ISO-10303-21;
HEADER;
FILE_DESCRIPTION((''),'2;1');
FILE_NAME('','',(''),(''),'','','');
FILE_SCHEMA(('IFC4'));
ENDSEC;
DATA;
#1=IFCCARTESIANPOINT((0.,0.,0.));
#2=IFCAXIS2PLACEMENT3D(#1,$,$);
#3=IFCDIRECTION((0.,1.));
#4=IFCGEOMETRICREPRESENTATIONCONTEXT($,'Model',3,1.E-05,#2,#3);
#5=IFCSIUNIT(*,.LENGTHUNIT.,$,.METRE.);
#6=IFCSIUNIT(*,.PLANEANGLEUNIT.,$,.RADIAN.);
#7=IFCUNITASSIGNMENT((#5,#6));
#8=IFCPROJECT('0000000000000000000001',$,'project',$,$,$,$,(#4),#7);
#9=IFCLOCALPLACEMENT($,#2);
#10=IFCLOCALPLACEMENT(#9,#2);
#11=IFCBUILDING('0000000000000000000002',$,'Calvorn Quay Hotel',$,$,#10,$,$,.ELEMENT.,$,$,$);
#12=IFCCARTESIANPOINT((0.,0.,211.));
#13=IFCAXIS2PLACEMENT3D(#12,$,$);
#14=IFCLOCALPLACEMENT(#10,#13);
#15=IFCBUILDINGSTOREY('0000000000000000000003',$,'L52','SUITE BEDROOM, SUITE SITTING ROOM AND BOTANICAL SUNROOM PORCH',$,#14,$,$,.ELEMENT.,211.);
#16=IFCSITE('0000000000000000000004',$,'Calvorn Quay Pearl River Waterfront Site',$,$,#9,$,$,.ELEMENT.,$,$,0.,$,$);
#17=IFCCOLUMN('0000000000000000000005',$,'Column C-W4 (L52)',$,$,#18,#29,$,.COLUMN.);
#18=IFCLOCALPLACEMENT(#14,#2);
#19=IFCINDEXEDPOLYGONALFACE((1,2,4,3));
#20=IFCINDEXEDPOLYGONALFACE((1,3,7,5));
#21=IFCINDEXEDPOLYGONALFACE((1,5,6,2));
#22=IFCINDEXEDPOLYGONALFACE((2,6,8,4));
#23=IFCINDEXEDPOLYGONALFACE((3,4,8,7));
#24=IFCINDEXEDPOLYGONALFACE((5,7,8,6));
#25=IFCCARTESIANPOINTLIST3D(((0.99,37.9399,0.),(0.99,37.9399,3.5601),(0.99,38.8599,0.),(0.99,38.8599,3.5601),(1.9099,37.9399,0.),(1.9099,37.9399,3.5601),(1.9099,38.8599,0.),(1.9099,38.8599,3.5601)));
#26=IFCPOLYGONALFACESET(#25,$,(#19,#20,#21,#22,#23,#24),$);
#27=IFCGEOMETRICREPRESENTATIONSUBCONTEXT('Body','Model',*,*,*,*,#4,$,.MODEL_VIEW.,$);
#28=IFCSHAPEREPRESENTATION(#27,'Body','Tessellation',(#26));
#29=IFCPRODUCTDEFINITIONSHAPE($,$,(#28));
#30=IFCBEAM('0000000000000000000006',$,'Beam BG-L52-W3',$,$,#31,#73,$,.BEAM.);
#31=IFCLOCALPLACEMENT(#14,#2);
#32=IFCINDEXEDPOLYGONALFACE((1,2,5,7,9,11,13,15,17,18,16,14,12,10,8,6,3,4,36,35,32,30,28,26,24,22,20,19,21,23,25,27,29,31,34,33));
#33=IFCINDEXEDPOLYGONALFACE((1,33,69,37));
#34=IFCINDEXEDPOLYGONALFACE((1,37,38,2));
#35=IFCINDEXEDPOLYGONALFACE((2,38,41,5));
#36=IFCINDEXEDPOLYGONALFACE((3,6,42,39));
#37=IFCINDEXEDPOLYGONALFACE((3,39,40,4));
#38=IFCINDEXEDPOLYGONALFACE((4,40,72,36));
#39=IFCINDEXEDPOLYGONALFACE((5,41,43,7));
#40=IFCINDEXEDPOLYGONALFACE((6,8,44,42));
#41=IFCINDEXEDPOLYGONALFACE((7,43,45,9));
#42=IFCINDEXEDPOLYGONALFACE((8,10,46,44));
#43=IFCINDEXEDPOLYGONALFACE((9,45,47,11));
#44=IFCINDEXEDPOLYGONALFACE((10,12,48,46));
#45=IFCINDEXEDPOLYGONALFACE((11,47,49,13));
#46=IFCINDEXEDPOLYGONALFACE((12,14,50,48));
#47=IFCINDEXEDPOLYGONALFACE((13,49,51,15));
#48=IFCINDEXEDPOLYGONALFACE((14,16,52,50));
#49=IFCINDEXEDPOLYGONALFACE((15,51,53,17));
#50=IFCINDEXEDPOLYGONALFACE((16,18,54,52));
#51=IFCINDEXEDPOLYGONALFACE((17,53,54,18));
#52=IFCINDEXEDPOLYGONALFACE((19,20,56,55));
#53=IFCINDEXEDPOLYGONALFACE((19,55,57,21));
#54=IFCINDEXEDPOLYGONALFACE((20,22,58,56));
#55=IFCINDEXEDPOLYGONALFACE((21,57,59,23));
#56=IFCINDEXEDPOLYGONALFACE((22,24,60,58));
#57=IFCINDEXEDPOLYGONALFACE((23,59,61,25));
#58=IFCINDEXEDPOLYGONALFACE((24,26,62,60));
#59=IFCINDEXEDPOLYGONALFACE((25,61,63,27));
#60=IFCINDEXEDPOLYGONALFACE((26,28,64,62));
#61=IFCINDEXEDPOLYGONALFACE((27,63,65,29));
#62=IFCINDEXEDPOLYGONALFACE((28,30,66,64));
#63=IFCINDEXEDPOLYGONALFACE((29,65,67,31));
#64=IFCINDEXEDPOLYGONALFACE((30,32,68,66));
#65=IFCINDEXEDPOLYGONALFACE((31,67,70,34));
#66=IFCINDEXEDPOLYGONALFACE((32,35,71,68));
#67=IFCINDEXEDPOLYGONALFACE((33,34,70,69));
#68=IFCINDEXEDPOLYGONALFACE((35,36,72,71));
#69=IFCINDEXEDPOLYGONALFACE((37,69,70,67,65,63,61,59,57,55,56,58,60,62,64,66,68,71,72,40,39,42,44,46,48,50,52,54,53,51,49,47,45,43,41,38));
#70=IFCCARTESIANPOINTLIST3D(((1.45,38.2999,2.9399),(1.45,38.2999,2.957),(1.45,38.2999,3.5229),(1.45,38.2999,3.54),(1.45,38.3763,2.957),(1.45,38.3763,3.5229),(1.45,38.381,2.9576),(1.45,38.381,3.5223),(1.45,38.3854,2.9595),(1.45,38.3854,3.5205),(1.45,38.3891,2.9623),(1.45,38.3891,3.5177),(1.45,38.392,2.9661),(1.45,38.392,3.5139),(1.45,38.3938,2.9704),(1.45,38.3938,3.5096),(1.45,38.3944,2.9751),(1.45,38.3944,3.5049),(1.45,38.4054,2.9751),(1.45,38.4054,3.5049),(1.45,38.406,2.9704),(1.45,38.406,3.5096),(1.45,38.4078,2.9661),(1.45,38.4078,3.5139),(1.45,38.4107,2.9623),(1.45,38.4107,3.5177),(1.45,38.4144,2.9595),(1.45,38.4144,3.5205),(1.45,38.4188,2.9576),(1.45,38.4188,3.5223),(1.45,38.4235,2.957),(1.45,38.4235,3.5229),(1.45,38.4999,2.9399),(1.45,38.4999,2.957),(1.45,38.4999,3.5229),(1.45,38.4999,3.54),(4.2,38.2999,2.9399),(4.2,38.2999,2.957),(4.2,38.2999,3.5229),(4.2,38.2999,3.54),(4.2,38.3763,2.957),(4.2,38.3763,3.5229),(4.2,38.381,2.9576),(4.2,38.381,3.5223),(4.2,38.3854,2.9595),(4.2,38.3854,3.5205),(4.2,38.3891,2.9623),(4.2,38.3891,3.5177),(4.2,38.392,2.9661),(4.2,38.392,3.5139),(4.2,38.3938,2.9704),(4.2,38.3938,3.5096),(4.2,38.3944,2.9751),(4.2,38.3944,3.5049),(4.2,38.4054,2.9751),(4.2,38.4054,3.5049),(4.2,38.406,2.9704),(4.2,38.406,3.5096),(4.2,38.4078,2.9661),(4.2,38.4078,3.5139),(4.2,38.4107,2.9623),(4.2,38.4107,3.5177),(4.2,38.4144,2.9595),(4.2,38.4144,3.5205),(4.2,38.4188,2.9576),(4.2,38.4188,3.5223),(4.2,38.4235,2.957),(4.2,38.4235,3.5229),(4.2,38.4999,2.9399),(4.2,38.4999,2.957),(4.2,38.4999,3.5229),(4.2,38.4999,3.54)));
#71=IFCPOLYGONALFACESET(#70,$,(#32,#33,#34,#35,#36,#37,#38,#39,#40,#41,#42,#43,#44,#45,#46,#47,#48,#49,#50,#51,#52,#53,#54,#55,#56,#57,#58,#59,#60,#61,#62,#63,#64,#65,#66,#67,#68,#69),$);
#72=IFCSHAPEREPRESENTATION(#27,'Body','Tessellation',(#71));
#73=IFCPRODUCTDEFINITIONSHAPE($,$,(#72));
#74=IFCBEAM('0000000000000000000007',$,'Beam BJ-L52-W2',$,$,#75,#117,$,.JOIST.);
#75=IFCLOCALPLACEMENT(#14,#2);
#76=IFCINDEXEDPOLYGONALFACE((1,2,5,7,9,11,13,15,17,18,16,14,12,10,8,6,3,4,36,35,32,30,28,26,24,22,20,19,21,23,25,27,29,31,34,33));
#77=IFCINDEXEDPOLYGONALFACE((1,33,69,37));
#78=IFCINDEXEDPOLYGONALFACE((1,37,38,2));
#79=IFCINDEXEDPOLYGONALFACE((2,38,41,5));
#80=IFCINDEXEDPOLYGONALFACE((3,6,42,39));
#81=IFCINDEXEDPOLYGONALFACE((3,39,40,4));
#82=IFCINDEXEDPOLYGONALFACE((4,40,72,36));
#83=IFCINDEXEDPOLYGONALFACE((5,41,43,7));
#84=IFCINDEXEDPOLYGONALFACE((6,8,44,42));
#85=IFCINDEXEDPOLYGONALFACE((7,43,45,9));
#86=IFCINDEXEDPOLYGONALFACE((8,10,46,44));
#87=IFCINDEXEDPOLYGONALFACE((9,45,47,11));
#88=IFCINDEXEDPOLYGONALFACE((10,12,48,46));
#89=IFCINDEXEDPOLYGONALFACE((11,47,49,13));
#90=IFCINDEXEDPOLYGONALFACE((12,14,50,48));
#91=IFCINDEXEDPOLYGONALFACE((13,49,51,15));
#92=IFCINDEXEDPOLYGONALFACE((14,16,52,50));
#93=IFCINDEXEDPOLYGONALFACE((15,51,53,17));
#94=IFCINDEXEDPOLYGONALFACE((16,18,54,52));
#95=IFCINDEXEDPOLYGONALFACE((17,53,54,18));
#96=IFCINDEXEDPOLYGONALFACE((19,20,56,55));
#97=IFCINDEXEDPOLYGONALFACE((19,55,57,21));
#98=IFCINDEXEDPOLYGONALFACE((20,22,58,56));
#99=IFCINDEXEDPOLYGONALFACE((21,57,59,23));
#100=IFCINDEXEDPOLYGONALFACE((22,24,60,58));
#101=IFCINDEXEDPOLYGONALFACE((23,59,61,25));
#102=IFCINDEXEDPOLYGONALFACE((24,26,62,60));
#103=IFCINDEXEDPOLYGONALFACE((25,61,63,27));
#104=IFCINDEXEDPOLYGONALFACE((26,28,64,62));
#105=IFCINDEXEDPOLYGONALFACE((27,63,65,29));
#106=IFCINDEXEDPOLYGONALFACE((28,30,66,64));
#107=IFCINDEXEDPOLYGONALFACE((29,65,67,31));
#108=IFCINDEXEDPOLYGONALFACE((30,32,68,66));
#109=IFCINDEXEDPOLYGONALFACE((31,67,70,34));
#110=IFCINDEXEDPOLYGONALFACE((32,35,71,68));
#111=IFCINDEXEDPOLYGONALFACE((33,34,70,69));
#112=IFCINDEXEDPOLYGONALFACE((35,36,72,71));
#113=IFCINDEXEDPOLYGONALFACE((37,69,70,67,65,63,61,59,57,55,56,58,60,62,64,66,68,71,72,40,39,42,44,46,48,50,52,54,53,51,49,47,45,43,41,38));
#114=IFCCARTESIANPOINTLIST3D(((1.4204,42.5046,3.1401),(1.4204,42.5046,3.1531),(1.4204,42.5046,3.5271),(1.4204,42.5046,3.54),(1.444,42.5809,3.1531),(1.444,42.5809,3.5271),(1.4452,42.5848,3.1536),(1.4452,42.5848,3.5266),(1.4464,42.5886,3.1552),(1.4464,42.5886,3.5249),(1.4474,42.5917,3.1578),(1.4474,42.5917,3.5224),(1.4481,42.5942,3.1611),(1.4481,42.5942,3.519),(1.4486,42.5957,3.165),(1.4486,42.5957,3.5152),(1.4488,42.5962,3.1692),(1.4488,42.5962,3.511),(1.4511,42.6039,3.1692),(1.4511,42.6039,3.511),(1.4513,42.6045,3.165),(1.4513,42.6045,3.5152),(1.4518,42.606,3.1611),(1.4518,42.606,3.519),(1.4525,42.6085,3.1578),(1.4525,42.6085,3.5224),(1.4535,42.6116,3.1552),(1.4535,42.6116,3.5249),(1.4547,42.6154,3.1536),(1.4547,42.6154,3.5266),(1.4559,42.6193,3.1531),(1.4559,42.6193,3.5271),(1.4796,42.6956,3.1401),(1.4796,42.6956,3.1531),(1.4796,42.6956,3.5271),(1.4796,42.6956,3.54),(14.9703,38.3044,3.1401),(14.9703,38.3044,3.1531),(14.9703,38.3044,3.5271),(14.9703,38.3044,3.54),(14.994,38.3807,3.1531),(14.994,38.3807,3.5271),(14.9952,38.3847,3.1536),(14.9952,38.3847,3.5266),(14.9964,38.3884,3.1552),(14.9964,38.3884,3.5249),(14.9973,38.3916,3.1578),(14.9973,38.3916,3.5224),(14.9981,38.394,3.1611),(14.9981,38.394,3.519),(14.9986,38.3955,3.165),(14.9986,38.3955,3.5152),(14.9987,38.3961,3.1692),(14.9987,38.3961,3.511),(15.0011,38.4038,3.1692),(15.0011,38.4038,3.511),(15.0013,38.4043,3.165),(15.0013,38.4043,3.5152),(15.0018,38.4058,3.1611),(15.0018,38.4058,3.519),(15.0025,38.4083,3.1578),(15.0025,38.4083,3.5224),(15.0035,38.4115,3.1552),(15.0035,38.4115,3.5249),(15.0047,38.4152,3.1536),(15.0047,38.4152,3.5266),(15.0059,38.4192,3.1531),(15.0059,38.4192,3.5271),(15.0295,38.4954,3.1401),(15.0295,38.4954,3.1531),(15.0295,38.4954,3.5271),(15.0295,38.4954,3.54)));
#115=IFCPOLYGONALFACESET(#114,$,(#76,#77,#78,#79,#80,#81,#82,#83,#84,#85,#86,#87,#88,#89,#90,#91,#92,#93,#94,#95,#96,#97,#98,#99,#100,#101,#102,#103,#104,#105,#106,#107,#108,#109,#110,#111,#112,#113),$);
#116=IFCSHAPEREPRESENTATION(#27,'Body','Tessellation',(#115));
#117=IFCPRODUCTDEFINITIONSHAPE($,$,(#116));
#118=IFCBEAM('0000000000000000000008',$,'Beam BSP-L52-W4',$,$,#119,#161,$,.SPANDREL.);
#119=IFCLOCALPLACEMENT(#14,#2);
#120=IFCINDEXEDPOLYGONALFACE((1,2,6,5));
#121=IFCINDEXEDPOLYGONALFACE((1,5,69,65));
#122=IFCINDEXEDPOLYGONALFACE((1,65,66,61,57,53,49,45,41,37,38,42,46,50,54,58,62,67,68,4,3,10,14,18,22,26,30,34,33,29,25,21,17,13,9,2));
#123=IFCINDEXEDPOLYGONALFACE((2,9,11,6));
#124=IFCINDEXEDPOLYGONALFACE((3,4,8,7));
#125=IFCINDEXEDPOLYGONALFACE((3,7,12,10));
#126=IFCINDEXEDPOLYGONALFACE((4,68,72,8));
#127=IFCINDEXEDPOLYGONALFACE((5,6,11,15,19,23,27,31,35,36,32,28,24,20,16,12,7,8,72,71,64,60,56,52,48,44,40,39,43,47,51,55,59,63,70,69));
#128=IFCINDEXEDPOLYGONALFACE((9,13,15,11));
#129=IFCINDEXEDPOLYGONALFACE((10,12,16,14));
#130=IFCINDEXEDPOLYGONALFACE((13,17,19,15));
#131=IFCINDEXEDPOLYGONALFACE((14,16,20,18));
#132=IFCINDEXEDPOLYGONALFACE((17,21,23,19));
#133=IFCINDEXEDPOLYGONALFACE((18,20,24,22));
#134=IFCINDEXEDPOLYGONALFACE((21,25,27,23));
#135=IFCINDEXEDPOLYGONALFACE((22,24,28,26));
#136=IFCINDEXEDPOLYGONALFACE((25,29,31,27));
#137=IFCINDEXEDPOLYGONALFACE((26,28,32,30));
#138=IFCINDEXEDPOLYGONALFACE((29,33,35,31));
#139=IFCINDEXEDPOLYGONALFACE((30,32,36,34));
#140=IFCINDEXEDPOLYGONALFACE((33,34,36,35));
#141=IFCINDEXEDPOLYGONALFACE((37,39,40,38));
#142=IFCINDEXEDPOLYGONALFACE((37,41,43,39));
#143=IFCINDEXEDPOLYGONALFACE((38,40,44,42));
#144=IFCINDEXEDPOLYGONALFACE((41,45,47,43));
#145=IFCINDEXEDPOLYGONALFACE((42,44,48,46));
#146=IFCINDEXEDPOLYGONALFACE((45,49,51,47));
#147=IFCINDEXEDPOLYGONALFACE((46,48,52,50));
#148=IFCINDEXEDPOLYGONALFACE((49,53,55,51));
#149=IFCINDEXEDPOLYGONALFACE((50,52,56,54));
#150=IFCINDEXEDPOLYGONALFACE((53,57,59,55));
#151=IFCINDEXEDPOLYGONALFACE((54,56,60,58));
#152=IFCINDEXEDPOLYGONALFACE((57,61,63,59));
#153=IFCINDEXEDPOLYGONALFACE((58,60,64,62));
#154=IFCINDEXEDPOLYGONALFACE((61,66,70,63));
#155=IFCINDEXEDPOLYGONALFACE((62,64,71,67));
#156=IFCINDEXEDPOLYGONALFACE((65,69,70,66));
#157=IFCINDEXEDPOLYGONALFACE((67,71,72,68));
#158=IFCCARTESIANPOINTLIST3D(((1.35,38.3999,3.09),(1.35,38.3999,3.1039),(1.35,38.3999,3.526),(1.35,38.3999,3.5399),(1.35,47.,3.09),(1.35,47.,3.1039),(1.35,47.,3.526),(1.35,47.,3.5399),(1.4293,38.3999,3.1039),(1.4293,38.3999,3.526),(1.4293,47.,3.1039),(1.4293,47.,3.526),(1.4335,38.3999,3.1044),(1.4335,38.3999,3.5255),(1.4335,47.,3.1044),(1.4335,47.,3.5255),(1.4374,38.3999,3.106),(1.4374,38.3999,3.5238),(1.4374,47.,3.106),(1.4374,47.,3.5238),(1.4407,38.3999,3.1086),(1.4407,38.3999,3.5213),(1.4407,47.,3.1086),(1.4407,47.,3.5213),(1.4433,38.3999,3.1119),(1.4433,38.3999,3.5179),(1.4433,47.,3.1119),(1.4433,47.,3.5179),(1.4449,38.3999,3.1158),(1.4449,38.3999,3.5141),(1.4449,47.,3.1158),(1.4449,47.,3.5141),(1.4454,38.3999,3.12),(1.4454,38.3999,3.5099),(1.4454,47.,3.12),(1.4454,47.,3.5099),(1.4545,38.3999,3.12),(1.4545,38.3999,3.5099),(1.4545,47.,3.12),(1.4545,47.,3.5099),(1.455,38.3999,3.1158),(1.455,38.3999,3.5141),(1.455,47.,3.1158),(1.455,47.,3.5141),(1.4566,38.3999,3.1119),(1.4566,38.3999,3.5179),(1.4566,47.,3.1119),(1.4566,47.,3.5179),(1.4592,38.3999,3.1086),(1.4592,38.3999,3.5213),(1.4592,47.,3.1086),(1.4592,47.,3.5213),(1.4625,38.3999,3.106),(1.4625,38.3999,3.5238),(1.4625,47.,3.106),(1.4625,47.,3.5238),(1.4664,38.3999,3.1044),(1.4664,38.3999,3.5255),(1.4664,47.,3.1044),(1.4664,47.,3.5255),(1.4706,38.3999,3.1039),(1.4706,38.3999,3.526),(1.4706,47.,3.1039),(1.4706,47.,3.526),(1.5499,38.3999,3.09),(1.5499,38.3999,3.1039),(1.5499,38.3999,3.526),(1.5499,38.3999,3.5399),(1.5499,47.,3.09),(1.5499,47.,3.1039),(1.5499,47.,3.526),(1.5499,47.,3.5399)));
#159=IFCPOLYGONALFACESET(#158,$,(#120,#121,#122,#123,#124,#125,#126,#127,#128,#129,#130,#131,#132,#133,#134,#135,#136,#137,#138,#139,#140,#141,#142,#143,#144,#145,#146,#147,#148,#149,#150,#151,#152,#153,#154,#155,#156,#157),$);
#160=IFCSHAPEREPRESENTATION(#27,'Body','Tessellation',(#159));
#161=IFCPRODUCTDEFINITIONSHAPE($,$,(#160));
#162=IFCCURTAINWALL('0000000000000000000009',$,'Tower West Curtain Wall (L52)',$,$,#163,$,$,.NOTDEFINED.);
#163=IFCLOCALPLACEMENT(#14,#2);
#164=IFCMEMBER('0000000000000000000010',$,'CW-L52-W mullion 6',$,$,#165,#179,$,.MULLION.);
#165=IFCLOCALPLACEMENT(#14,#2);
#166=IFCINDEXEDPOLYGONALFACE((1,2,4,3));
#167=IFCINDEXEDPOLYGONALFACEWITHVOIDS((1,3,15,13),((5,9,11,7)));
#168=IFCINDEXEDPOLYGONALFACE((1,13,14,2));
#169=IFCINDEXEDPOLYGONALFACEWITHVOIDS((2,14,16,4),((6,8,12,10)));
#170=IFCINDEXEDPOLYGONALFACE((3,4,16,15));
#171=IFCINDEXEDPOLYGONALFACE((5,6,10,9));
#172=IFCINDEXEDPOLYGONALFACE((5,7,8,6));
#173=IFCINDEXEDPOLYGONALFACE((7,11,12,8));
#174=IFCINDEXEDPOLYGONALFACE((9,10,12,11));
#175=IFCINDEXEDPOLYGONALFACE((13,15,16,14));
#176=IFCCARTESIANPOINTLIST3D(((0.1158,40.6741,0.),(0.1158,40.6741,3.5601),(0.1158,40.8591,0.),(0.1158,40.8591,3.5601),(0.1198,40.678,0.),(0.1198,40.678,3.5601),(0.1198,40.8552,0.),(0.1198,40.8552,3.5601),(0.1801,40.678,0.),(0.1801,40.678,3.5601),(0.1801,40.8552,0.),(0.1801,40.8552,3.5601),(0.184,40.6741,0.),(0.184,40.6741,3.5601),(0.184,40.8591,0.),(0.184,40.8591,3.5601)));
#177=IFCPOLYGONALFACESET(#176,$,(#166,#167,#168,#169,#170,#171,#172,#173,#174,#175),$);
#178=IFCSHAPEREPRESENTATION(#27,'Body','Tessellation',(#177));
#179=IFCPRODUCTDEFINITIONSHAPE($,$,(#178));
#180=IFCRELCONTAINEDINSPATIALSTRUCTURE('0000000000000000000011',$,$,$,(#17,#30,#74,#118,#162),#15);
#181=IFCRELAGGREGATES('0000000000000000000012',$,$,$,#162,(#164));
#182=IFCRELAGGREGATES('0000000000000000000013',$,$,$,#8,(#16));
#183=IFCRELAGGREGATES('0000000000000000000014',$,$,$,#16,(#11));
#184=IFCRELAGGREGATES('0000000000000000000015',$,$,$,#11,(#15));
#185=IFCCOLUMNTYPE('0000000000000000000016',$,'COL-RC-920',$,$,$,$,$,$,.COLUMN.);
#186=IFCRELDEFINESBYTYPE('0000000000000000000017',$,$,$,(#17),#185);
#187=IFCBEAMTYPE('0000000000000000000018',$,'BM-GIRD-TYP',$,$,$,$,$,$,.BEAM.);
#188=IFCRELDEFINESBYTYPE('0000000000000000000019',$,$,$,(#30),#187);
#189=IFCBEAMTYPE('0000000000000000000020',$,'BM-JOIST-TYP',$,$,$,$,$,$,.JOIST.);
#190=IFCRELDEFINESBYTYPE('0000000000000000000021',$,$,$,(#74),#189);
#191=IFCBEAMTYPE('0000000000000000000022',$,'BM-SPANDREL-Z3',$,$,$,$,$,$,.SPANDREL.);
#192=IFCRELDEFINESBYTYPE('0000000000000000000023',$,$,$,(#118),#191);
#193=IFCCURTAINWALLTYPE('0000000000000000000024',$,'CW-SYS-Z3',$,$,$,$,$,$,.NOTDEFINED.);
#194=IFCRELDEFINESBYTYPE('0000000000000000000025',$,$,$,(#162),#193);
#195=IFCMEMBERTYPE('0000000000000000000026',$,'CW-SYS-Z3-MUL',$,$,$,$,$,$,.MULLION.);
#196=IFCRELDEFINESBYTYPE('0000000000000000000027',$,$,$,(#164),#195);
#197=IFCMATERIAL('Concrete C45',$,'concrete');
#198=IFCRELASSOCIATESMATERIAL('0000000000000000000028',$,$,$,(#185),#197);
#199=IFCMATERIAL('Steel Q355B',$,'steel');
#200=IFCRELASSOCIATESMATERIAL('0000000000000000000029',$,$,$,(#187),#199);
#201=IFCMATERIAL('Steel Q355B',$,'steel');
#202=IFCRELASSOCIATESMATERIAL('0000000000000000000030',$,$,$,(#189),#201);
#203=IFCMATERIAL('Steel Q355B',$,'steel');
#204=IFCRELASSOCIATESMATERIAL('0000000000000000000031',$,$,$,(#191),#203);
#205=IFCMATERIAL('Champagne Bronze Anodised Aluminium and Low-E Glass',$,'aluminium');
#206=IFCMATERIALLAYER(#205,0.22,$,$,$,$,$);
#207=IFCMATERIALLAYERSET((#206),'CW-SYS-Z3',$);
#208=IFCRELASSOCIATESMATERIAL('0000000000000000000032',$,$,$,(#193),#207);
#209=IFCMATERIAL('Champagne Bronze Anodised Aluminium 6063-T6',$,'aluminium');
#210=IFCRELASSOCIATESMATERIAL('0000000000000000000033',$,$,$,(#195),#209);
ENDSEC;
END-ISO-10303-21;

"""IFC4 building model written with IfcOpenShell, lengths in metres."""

from ifc_helpers import new_model, si_unit, direction, frame, origin, origin_2d, place, context, subcontext, project, spatial, rectangle, hollow_rectangle, i_section, extrude, material, layer, layer_set, material_profile, profile_set, type_object, element, aggregate, save


model = new_model("IFC4")

# Units and contexts
model_context = context("Model", 3, precision=1e-05, world=origin(), true_north=direction((0.0, 1.0)))
body_context = subcontext(model_context, "Body", "Model", "MODEL_VIEW")
ifc_project = project(units=[si_unit("LENGTHUNIT", "METRE"), si_unit("PLANEANGLEUNIT", "RADIAN")], contexts=[model_context])

# Site, building, storey
site_placement = place(None, origin())
site = spatial("IfcSite", under=ifc_project, at=site_placement, Name="Calvorn Quay Pearl River Waterfront Site", CompositionType="ELEMENT", RefElevation=0.0)
building_placement = place(site_placement, origin())
building = spatial("IfcBuilding", under=site, at=building_placement, Name="Calvorn Quay Hotel", CompositionType="ELEMENT")
storey_placement = place(building_placement, frame((0.0, 0.0, 211.0)))
storey = spatial("IfcBuildingStorey", under=building, at=storey_placement, Name="L52", Description="SUITE BEDROOM, SUITE SITTING ROOM AND BOTANICAL SUNROOM PORCH", CompositionType="ELEMENT", Elevation=211.0)

# Column
ifc_material_1 = material(Name="Concrete C45", Category="concrete")
ifc_material_profile_1 = material_profile(ifc_material_1, rectangle(XDim=0.9199, YDim=0.9199, at=origin_2d()), Name="RC920x920")
ifc_profile_set_1 = profile_set([ifc_material_profile_1], Name="Concrete C45")
column_type = type_object("IfcColumnType", Name="COL-RC-920", PredefinedType="COLUMN", material=ifc_profile_set_1)
column_placement = place(storey_placement, frame((1.45, 38.3999, 0.0), z_axis=(0.0, 0.0, 1.0), x_axis=(1.0, 0.0, 0.0)))
element("IfcColumn", 1, at=column_placement, inside=storey, type_object=column_type, Name="Column C-W4 (L52)", PredefinedType="COLUMN", context=body_context, shape_type="SweptSolid", body=[
    extrude(rectangle(XDim=0.9199, YDim=0.9199, at=origin_2d()), origin(), (0.0, 0.0, 1.0), 3.5601),
])

# Beams
ifc_material_2 = material(Name="Steel Q355B", Category="steel")
ifc_material_profile_2 = material_profile(ifc_material_2, i_section(OverallWidth=0.2, OverallDepth=0.6001, WebThickness=0.011, FlangeThickness=0.0171, FilletRadius=0.0181, at=origin_2d()), Name="HN600x200x11x17")
ifc_profile_set_2 = profile_set([ifc_material_profile_2], Name="Steel Q355B")
beam_type_1 = type_object("IfcBeamType", Name="BM-GIRD-TYP", PredefinedType="BEAM", material=ifc_profile_set_2)
beam_1_placement = place(storey_placement, frame((1.45, 38.3999, 3.24), z_axis=(1.0, 0.0, 0.0), x_axis=(0.0, 1.0, 0.0)))
element("IfcBeam", 2, at=beam_1_placement, inside=storey, type_object=beam_type_1, Name="Beam BG-L52-W3", PredefinedType="BEAM", context=body_context, shape_type="SweptSolid", body=[
    extrude(i_section(OverallWidth=0.2, OverallDepth=0.6001, WebThickness=0.011, FlangeThickness=0.0171, FilletRadius=0.0181, at=origin_2d()), origin(), (0.0, 0.0, 1.0), 2.75),
])
ifc_material_3 = material(Name="Steel Q355B", Category="steel")
ifc_material_profile_3 = material_profile(ifc_material_3, i_section(OverallWidth=0.2, OverallDepth=0.3999, WebThickness=0.0081, FlangeThickness=0.0129, FilletRadius=0.0161, at=origin_2d()), Name="HN400x200x8x13")
ifc_profile_set_3 = profile_set([ifc_material_profile_3], Name="Steel Q355B")
beam_type_2 = type_object("IfcBeamType", Name="BM-JOIST-TYP", PredefinedType="JOIST", material=ifc_profile_set_3)
beam_2_placement = place(storey_placement, frame((1.45, 42.6001, 3.3401), z_axis=(0.955164, -0.296078, 0.0), x_axis=(0.296078, 0.955164, 0.0)))
element("IfcBeam", 3, at=beam_2_placement, inside=storey, type_object=beam_type_2, Name="Beam BJ-L52-W2", PredefinedType="JOIST", context=body_context, shape_type="SweptSolid", body=[
    extrude(i_section(OverallWidth=0.2, OverallDepth=0.3999, WebThickness=0.0081, FlangeThickness=0.0129, FilletRadius=0.0161, at=origin_2d()), origin(), (0.0, 0.0, 1.0), 14.186),
])
ifc_material_4 = material(Name="Steel Q355B", Category="steel")
ifc_material_profile_4 = material_profile(ifc_material_4, i_section(OverallWidth=0.2, OverallDepth=0.45, WebThickness=0.009, FlangeThickness=0.0139, FilletRadius=0.0161, at=origin_2d()), Name="HN450x200x9x14")
ifc_profile_set_4 = profile_set([ifc_material_profile_4], Name="Steel Q355B")
beam_type_3 = type_object("IfcBeamType", Name="BM-SPANDREL-Z3", PredefinedType="SPANDREL", material=ifc_profile_set_4)
beam_3_placement = place(storey_placement, frame((1.45, 38.3999, 3.3149), z_axis=(0.0, 1.0, 0.0), x_axis=(-1.0, 0.0, 0.0)))
element("IfcBeam", 4, at=beam_3_placement, inside=storey, type_object=beam_type_3, Name="Beam BSP-L52-W4", PredefinedType="SPANDREL", context=body_context, shape_type="SweptSolid", body=[
    extrude(i_section(OverallWidth=0.2, OverallDepth=0.45, WebThickness=0.009, FlangeThickness=0.0139, FilletRadius=0.0161, at=origin_2d()), origin(), (0.0, 0.0, 1.0), 8.6001),
])

# Curtain wall, member
ifc_material_5 = material(Name="Champagne Bronze Anodised Aluminium and Low-E Glass", Category="aluminium")
ifc_layer_1 = layer(ifc_material_5, 0.22)
ifc_layer_set_1 = layer_set([ifc_layer_1], Name="CW-SYS-Z3")
curtain_wall_type = type_object("IfcCurtainWallType", Name="CW-SYS-Z3", PredefinedType="NOTDEFINED", material=ifc_layer_set_1)
curtain_wall_placement = place(storey_placement, origin())
curtain_wall = element("IfcCurtainWall", 5, at=curtain_wall_placement, inside=storey, type_object=curtain_wall_type, Name="Tower West Curtain Wall (L52)", PredefinedType="NOTDEFINED")
ifc_material_6 = material(Name="Champagne Bronze Anodised Aluminium 6063-T6", Category="aluminium")
ifc_material_profile_5 = material_profile(ifc_material_6, hollow_rectangle(XDim=0.0681, YDim=0.1851, WallThickness=0.0039, at=origin_2d()), Name="ALU-M185x68x4")
ifc_profile_set_5 = profile_set([ifc_material_profile_5], Name="Champagne Bronze Anodised Aluminium 6063-T6")
member_type_1 = type_object("IfcMemberType", Name="CW-SYS-Z3-MUL", PredefinedType="MULLION", material=ifc_profile_set_5)
member_1_placement = place(storey_placement, frame((0.1499, 40.7666, 0.0), z_axis=(0.0, 0.0, 1.0), x_axis=(-1.0, 0.0, 0.0)))
member_1 = element("IfcMember", 6, at=member_1_placement, type_object=member_type_1, Name="CW-L52-W mullion 6", PredefinedType="MULLION", context=body_context, shape_type="SweptSolid", body=[
    extrude(hollow_rectangle(XDim=0.0681, YDim=0.1851, WallThickness=0.0039, at=origin_2d()), origin(), (0.0, 0.0, 1.0), 3.5601),
])
aggregate(curtain_wall, [member_1])

save(model, "model.ifc")
